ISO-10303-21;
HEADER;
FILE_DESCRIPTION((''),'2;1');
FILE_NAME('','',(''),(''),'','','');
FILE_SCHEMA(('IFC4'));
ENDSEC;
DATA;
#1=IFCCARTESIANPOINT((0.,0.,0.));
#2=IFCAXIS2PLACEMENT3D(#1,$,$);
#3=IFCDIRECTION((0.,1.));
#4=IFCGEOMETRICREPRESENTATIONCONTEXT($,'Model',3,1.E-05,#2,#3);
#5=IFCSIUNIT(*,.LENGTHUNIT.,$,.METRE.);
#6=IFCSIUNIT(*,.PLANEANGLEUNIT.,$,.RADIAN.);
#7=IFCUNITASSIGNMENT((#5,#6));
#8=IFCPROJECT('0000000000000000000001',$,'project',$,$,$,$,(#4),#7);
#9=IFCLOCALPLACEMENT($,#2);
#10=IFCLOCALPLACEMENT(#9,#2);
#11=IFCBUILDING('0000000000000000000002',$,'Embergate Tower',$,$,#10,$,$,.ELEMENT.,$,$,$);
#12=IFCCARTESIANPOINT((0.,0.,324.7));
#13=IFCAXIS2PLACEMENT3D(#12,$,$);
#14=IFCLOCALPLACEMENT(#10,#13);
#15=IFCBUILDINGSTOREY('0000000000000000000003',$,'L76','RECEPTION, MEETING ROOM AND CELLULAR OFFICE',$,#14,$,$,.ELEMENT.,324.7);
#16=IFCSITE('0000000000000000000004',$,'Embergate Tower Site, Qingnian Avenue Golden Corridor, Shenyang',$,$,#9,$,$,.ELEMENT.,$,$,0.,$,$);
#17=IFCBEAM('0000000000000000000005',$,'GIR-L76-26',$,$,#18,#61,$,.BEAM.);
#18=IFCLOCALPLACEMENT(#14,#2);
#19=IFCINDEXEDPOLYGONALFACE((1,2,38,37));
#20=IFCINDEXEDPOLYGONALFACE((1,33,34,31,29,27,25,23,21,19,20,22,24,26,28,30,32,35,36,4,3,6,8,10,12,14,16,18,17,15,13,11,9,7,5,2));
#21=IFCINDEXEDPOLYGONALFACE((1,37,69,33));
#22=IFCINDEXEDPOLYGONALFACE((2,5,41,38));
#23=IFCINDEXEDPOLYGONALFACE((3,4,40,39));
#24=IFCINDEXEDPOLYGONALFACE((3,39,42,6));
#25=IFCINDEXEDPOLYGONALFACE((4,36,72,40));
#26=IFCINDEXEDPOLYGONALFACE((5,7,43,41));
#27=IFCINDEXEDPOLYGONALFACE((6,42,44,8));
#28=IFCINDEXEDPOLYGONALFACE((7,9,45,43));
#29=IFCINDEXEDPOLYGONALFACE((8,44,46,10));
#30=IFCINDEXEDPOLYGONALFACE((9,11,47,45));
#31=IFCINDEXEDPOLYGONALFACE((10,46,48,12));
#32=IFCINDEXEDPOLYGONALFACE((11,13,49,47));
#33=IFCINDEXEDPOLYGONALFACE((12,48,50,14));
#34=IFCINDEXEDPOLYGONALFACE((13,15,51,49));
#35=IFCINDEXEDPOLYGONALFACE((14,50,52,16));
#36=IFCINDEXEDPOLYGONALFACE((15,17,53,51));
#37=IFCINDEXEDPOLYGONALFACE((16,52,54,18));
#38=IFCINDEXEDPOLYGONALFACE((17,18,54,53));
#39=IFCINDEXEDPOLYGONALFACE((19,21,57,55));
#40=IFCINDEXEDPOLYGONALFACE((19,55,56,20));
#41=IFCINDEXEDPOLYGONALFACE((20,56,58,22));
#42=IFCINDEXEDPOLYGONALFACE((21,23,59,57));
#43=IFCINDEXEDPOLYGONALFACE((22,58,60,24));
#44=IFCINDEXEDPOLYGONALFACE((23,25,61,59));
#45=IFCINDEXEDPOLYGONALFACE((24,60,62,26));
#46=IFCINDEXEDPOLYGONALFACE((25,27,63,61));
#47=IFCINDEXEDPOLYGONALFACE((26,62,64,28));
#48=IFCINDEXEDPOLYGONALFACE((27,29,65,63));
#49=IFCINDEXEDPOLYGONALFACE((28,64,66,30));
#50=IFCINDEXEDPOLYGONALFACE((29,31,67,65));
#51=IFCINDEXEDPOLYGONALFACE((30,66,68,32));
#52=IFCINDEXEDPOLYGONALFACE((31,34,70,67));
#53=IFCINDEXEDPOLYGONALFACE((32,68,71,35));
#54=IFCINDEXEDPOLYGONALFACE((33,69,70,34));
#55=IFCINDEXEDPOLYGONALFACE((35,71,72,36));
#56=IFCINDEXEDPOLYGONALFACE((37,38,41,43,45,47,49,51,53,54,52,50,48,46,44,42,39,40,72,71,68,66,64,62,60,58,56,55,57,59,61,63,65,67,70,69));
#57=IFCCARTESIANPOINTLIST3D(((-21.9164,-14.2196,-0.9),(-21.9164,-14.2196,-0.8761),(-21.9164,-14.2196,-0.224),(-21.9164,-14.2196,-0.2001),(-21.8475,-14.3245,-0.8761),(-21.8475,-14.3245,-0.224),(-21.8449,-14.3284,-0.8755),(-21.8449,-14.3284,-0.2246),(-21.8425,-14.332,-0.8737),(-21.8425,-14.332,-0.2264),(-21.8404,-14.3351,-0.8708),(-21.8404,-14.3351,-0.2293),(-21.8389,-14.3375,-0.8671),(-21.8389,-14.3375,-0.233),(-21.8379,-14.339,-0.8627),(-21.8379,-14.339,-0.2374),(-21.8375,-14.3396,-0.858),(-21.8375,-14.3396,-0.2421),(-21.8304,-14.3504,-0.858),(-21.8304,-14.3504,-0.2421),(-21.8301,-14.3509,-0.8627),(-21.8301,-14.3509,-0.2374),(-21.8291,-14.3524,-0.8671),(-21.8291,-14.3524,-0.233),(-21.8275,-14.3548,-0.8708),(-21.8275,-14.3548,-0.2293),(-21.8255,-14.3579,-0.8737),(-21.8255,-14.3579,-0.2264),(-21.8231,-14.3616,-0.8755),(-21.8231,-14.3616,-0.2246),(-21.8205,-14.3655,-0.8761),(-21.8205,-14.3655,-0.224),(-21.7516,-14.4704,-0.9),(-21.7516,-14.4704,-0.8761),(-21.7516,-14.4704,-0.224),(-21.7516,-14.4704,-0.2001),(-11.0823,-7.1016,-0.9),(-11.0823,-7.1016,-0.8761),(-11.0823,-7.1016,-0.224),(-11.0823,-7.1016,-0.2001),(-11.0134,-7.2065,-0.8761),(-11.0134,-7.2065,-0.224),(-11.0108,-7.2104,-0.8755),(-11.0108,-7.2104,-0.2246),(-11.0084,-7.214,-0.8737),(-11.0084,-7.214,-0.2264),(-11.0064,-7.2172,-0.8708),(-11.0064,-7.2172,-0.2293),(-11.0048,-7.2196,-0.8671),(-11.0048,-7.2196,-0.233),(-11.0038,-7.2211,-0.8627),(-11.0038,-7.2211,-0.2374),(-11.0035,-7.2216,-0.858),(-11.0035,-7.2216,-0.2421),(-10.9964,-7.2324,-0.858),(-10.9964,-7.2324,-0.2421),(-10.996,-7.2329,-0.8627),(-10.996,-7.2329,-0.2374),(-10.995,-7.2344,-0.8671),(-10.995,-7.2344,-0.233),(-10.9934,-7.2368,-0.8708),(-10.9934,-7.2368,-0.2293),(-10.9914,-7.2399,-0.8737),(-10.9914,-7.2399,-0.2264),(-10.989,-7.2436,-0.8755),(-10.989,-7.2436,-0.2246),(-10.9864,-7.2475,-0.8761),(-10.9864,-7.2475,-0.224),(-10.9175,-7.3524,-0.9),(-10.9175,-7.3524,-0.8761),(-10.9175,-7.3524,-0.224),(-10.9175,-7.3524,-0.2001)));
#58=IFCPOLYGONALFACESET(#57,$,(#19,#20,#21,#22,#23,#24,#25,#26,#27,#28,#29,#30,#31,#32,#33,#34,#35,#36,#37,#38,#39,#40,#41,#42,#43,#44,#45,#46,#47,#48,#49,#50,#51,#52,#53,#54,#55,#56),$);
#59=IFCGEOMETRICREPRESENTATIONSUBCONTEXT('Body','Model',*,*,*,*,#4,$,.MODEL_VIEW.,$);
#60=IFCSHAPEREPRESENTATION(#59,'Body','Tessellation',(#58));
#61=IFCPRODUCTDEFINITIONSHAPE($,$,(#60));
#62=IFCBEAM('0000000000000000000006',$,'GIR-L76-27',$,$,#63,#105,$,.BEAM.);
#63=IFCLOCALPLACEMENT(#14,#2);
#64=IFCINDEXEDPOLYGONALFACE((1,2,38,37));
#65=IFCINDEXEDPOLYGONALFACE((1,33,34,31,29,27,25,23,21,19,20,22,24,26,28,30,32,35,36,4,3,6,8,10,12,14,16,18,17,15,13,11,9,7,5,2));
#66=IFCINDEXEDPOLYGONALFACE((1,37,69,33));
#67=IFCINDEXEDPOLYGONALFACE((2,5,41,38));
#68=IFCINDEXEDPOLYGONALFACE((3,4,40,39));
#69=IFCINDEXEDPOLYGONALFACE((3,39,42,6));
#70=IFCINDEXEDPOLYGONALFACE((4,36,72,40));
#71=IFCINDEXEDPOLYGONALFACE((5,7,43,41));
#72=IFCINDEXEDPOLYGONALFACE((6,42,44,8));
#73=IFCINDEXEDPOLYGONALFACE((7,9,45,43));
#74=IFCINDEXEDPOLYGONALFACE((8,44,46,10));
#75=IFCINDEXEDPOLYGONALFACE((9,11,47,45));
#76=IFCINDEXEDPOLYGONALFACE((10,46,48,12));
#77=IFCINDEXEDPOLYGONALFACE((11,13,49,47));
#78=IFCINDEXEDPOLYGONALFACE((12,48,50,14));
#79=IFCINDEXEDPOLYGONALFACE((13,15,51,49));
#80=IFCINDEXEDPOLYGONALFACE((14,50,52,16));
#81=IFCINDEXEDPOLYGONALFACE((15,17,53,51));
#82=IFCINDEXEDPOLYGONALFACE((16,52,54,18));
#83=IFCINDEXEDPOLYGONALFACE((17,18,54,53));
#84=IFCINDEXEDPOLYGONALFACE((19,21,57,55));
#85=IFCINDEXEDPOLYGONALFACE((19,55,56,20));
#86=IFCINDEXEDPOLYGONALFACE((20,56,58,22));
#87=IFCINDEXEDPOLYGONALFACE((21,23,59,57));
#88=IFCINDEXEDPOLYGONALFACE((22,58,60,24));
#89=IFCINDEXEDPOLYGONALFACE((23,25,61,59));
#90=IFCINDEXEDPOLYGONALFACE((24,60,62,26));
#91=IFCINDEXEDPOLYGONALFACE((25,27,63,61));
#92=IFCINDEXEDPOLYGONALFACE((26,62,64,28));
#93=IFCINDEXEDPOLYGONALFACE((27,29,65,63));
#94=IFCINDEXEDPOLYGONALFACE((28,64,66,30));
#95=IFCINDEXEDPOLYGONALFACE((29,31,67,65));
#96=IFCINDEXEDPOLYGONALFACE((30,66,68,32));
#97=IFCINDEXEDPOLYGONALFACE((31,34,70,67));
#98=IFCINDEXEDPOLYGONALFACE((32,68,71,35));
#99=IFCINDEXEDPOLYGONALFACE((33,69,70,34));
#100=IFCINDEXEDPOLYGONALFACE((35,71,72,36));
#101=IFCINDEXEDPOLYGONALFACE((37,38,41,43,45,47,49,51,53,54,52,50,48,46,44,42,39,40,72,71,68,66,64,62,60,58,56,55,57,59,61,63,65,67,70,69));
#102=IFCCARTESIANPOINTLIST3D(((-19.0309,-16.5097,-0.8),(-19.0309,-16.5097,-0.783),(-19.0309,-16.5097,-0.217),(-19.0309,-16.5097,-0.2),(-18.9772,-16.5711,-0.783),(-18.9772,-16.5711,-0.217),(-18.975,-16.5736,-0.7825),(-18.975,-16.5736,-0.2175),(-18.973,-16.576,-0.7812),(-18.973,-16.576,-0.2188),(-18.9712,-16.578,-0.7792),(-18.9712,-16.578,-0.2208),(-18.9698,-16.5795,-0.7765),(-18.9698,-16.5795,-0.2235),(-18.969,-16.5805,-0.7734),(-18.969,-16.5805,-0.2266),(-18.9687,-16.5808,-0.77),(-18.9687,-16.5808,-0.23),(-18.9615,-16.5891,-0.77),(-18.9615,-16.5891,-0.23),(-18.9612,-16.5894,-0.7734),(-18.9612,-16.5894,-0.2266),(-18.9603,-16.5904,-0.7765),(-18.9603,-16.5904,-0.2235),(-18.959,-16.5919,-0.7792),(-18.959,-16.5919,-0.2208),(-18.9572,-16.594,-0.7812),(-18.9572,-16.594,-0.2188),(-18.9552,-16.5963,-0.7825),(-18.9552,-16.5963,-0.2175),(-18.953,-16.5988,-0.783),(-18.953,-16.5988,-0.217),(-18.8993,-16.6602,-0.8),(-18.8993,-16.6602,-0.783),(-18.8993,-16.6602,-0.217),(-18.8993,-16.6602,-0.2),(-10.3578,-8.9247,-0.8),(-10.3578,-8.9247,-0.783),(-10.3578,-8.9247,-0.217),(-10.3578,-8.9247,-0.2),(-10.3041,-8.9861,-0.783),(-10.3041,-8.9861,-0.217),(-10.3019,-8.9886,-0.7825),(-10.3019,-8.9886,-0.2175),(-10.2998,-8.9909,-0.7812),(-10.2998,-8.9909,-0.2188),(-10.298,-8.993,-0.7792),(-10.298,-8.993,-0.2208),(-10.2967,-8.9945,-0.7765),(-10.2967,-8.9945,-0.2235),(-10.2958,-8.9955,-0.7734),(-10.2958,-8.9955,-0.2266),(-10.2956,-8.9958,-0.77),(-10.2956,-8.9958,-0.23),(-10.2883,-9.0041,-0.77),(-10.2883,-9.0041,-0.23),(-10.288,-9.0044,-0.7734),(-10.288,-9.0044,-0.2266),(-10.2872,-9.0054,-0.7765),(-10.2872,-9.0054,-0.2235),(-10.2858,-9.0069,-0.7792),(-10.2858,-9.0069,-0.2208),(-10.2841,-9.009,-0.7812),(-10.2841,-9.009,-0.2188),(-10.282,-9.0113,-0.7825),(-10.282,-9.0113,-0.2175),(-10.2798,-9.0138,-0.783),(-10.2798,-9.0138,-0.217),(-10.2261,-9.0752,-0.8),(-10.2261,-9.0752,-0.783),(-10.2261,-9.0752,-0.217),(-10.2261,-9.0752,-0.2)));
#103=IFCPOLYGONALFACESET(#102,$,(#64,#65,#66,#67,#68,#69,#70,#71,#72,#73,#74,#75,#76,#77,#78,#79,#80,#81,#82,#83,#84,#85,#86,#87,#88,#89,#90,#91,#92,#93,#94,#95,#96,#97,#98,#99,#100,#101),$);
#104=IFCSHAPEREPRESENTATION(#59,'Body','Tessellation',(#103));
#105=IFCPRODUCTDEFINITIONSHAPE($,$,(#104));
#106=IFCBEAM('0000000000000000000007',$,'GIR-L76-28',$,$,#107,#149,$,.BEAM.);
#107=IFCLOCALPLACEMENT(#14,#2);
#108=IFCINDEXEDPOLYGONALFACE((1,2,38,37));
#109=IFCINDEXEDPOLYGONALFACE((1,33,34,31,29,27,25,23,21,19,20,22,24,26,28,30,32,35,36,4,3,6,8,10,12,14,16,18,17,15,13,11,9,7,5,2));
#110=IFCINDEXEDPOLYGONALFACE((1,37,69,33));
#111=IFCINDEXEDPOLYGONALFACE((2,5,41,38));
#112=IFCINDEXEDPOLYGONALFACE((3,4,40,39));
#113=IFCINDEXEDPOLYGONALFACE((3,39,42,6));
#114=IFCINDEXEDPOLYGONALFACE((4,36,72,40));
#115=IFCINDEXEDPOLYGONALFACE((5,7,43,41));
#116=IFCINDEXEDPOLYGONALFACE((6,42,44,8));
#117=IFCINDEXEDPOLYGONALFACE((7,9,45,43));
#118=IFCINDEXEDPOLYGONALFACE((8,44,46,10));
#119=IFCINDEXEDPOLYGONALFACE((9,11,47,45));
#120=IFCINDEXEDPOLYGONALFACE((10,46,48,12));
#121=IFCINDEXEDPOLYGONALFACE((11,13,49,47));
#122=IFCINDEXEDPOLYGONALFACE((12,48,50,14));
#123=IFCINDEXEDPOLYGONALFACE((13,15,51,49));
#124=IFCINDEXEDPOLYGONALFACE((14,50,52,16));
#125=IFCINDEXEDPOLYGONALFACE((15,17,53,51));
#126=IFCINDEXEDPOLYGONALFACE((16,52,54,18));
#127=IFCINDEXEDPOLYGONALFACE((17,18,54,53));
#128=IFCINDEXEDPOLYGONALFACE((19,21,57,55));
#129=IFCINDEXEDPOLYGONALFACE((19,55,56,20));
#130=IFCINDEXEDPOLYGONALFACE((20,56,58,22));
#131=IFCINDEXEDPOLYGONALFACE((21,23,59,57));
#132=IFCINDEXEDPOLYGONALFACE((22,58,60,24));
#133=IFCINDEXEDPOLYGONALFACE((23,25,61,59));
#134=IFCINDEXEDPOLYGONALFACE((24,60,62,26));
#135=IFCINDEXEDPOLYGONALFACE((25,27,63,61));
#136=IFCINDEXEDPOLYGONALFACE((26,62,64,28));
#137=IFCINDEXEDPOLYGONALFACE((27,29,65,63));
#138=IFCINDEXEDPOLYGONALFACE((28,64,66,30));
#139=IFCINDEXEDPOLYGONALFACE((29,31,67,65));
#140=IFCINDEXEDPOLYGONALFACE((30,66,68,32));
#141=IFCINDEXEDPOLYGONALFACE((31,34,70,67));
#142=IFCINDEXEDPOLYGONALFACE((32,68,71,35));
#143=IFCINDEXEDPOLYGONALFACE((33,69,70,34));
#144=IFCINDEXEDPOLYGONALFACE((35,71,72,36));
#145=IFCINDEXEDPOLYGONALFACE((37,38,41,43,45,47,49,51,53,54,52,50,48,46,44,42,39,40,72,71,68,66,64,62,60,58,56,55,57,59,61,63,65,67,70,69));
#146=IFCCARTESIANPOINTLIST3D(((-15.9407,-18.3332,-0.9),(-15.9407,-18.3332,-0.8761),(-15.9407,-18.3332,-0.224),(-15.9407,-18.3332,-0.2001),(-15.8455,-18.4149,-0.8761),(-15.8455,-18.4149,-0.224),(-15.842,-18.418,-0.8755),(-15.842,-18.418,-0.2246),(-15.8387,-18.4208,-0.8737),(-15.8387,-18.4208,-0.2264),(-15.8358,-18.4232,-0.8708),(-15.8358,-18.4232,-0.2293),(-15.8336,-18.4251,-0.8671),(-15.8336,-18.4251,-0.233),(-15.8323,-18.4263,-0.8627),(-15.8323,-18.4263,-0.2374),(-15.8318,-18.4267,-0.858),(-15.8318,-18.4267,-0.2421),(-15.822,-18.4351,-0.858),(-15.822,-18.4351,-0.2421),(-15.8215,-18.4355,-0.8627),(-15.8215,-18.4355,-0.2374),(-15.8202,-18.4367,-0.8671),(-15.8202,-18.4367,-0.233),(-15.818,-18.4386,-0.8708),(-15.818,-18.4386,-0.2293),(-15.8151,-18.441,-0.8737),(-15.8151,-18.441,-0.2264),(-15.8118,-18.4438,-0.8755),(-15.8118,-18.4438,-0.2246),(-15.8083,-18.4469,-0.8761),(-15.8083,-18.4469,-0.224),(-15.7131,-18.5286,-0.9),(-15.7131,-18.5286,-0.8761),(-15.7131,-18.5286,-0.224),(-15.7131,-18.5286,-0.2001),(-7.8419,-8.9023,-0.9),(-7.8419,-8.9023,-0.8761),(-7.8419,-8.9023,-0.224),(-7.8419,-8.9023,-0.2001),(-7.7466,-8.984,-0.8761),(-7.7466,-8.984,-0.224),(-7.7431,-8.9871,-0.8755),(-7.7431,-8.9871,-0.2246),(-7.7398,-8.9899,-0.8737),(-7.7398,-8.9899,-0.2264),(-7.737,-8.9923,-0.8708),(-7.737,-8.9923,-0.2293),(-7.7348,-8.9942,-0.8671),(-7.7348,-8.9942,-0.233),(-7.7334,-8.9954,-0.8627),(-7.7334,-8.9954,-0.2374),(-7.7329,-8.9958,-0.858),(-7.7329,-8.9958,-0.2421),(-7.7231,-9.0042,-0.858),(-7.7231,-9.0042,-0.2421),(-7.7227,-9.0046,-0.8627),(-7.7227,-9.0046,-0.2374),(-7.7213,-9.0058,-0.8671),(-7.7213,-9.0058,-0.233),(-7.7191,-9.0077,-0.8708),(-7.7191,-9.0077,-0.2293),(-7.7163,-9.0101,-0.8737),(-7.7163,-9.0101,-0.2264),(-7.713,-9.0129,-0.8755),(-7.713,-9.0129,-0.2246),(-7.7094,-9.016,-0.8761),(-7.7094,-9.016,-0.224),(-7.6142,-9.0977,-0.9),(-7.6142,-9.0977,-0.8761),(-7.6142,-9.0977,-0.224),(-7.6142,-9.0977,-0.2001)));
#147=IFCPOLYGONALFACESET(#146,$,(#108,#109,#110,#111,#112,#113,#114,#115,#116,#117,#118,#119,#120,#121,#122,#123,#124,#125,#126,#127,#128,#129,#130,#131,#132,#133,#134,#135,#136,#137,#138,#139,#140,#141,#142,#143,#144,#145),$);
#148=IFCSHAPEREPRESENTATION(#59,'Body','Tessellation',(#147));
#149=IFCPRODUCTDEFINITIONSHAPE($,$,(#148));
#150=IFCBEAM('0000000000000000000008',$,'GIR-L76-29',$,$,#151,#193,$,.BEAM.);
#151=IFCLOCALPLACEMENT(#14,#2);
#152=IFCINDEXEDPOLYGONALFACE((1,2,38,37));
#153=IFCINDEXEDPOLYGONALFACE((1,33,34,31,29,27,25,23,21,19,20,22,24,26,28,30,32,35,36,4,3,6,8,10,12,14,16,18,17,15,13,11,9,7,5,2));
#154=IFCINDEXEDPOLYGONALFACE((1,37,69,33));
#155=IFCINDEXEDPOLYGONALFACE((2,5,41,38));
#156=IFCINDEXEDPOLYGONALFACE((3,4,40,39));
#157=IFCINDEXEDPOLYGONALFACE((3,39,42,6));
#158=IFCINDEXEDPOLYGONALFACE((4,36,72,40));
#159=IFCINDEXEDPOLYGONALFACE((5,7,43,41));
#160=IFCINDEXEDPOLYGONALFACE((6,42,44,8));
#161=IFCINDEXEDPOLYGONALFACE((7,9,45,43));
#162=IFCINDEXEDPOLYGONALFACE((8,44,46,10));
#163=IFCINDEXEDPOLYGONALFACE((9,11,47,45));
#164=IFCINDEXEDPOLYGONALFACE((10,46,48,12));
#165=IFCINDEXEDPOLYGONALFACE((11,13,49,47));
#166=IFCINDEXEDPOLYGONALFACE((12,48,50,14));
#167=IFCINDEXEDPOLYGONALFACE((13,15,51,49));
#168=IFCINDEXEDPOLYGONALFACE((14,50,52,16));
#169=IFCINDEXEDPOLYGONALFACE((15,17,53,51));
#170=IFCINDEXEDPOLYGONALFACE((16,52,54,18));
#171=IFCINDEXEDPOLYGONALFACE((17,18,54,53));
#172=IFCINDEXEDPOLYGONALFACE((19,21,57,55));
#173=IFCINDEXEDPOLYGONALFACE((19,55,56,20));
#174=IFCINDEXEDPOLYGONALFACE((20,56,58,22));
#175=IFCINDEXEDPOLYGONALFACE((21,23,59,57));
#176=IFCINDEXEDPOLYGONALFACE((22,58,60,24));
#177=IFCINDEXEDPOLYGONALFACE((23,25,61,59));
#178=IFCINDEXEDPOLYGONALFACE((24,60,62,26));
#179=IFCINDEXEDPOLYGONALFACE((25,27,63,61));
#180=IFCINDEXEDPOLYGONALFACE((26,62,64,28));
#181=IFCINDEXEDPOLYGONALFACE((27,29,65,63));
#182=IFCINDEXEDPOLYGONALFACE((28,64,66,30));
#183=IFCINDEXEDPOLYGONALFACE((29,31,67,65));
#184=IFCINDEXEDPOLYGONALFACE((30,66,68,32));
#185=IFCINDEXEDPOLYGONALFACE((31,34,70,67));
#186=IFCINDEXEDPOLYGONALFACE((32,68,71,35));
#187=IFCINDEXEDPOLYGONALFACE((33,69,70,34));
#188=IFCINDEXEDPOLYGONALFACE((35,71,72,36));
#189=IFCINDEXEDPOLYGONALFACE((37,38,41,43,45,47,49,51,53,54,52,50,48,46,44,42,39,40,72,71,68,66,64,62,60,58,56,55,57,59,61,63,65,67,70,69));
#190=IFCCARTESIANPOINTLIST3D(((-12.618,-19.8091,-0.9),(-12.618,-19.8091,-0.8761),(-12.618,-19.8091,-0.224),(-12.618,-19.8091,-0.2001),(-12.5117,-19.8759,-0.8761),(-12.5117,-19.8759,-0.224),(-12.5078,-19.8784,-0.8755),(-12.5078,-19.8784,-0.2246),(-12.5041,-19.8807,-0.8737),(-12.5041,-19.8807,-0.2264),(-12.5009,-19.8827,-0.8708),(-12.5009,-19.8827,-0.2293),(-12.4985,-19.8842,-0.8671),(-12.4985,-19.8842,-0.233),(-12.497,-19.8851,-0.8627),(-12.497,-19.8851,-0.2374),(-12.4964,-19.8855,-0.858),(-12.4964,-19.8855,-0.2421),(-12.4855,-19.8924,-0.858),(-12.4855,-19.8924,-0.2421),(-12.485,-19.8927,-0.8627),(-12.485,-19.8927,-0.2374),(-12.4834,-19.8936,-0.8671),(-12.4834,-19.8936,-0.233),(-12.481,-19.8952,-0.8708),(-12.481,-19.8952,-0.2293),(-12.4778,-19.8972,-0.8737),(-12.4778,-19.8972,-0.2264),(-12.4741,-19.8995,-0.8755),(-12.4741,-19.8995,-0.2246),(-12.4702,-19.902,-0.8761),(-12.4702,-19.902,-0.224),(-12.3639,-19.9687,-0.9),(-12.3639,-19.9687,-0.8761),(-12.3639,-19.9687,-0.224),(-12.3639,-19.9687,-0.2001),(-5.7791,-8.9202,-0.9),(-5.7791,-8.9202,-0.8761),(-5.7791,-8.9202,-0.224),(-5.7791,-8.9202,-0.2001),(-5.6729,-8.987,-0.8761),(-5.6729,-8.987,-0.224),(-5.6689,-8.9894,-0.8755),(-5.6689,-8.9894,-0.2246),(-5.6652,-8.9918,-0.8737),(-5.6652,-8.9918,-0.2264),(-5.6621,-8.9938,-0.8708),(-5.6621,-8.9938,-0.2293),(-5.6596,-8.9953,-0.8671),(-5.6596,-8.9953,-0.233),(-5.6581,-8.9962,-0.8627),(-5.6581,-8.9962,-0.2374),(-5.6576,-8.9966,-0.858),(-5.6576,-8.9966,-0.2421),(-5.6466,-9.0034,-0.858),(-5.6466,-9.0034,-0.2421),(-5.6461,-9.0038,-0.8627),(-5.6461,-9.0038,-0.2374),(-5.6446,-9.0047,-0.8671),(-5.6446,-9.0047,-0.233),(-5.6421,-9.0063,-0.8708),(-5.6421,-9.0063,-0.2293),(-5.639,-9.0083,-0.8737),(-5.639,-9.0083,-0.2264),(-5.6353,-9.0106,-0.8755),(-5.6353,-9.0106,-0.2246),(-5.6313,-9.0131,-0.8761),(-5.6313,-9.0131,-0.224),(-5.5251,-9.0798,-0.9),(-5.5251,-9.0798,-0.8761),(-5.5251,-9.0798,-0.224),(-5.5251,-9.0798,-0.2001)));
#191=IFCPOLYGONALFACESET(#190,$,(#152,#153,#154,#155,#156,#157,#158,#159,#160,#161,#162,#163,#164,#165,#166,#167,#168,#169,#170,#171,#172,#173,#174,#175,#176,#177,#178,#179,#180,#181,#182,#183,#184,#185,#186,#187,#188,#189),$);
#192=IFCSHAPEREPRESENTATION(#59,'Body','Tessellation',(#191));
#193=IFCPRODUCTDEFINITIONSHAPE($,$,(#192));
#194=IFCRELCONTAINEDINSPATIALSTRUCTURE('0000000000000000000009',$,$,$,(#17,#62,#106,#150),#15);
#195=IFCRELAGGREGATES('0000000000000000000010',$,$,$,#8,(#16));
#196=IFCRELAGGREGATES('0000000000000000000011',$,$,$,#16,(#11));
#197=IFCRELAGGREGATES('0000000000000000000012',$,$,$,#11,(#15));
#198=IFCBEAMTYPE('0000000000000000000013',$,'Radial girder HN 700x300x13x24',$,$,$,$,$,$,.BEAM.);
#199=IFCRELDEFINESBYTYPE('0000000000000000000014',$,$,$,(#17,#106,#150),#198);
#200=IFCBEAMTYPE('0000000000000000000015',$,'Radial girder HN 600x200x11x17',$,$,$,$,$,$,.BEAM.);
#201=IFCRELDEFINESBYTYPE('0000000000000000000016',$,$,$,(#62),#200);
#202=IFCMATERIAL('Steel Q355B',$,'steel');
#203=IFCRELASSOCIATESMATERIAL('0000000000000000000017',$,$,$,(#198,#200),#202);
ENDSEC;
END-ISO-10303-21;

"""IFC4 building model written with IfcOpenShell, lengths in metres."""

from ifc_helpers import new_model, si_unit, direction, frame, origin, origin_2d, place, context, subcontext, project, spatial, i_section, extrude, source, transform, mapped, material, material_profile, profile_set, type_object, element, save


model = new_model("IFC4")

# Units and contexts
model_context = context("Model", 3, precision=1e-05, world=origin(), true_north=direction((0.0, 1.0)))
body_context = subcontext(model_context, "Body", "Model", "MODEL_VIEW")
ifc_project = project(units=[si_unit("LENGTHUNIT", "METRE"), si_unit("PLANEANGLEUNIT", "RADIAN")], contexts=[model_context])

# Site, building, storey
site_placement = place(None, origin())
site = spatial("IfcSite", under=ifc_project, at=site_placement, Name="Embergate Tower Site, Qingnian Avenue Golden Corridor, Shenyang", CompositionType="ELEMENT", RefElevation=0.0)
building_placement = place(site_placement, origin())
building = spatial("IfcBuilding", under=site, at=building_placement, Name="Embergate Tower", CompositionType="ELEMENT")
storey_placement = place(building_placement, frame((0.0, 0.0, 324.7)))
storey = spatial("IfcBuildingStorey", under=building, at=storey_placement, Name="L76", Description="RECEPTION, MEETING ROOM AND CELLULAR OFFICE", CompositionType="ELEMENT", Elevation=324.7)

# Beams
ifc_material_1 = material(Name="Steel Q355B", Category="steel")
ifc_material_profile_1 = material_profile(ifc_material_1, i_section(OverallWidth=0.3, OverallDepth=0.7, WebThickness=0.0129, FlangeThickness=0.0239, FilletRadius=0.0181, at=origin_2d()), Name="HN 700x300x13x24")
ifc_profile_set_1 = profile_set([ifc_material_profile_1], Name="Steel Q355 grade B")
beam_type_1 = type_object("IfcBeamType", Name="Radial girder HN 700x300x13x24", PredefinedType="BEAM", material=ifc_profile_set_1)
shared_shape_1 = source(origin(), body_context, "Body", "SweptSolid", [
    extrude(i_section(OverallWidth=0.3, OverallDepth=0.7, WebThickness=0.0129, FlangeThickness=0.0239, FilletRadius=0.0181, at=origin_2d()), origin(), (0.0, 0.0, 1.0), 12.9631),
])
beam_1_placement = place(storey_placement, frame((-21.834, -14.345, -0.55), z_axis=(0.835761, 0.549094, 0.0), x_axis=(-0.549094, 0.835761, 0.0)))
element("IfcBeam", 1, at=beam_1_placement, inside=storey, type_object=beam_type_1, Name="GIR-L76-26", PredefinedType="BEAM", context=body_context, shape_type="MappedRepresentation", body=[
    mapped(shared_shape_1, transform((0.0, 0.0, 0.0))),
])
ifc_material_profile_2 = material_profile(ifc_material_1, i_section(OverallWidth=0.2, OverallDepth=0.6001, WebThickness=0.011, FlangeThickness=0.0171, FilletRadius=0.0129, at=origin_2d()), Name="HN 600x200x11x17")
ifc_profile_set_2 = profile_set([ifc_material_profile_2], Name="Steel Q355 grade B")
beam_type_2 = type_object("IfcBeamType", Name="Radial girder HN 600x200x11x17", PredefinedType="BEAM", material=ifc_profile_set_2)
shared_shape_2 = source(origin(), body_context, "Body", "SweptSolid", [
    extrude(i_section(OverallWidth=0.2, OverallDepth=0.6001, WebThickness=0.011, FlangeThickness=0.0171, FilletRadius=0.0129, at=origin_2d()), origin(), (0.0, 0.0, 1.0), 11.522),
])
beam_2_placement = place(storey_placement, frame((-18.9651, -16.585, -0.5), z_axis=(0.752749, 0.658308, 0.0), x_axis=(-0.658308, 0.752749, 0.0)))
element("IfcBeam", 2, at=beam_2_placement, inside=storey, type_object=beam_type_2, Name="GIR-L76-27", PredefinedType="BEAM", context=body_context, shape_type="MappedRepresentation", body=[
    mapped(shared_shape_2, transform((0.0, 0.0, 0.0))),
])
shared_shape_3 = source(origin(), body_context, "Body", "SweptSolid", [
    extrude(i_section(OverallWidth=0.3, OverallDepth=0.7, WebThickness=0.0129, FlangeThickness=0.0239, FilletRadius=0.0181, at=origin_2d()), origin(), (0.0, 0.0, 1.0), 12.4312),
])
beam_3_placement = place(storey_placement, frame((-15.8269, -18.4309, -0.55), z_axis=(0.651498, 0.75865, 0.0), x_axis=(-0.75865, 0.651498, 0.0)))
element("IfcBeam", 3, at=beam_3_placement, inside=storey, type_object=beam_type_1, Name="GIR-L76-28", PredefinedType="BEAM", context=body_context, shape_type="MappedRepresentation", body=[
    mapped(shared_shape_3, transform((0.0, 0.0, 0.0))),
])
shared_shape_4 = source(origin(), body_context, "Body", "SweptSolid", [
    extrude(i_section(OverallWidth=0.3, OverallDepth=0.7, WebThickness=0.0129, FlangeThickness=0.0239, FilletRadius=0.0181, at=origin_2d()), origin(), (0.0, 0.0, 1.0), 12.8584),
])
beam_4_placement = place(storey_placement, frame((-12.491, -19.8889, -0.55), z_axis=(0.53186, 0.846833, 0.0), x_axis=(-0.846833, 0.53186, 0.0)))
element("IfcBeam", 4, at=beam_4_placement, inside=storey, type_object=beam_type_1, Name="GIR-L76-29", PredefinedType="BEAM", context=body_context, shape_type="MappedRepresentation", body=[
    mapped(shared_shape_4, transform((0.0, 0.0, 0.0))),
])

save(model, "model.ifc")
